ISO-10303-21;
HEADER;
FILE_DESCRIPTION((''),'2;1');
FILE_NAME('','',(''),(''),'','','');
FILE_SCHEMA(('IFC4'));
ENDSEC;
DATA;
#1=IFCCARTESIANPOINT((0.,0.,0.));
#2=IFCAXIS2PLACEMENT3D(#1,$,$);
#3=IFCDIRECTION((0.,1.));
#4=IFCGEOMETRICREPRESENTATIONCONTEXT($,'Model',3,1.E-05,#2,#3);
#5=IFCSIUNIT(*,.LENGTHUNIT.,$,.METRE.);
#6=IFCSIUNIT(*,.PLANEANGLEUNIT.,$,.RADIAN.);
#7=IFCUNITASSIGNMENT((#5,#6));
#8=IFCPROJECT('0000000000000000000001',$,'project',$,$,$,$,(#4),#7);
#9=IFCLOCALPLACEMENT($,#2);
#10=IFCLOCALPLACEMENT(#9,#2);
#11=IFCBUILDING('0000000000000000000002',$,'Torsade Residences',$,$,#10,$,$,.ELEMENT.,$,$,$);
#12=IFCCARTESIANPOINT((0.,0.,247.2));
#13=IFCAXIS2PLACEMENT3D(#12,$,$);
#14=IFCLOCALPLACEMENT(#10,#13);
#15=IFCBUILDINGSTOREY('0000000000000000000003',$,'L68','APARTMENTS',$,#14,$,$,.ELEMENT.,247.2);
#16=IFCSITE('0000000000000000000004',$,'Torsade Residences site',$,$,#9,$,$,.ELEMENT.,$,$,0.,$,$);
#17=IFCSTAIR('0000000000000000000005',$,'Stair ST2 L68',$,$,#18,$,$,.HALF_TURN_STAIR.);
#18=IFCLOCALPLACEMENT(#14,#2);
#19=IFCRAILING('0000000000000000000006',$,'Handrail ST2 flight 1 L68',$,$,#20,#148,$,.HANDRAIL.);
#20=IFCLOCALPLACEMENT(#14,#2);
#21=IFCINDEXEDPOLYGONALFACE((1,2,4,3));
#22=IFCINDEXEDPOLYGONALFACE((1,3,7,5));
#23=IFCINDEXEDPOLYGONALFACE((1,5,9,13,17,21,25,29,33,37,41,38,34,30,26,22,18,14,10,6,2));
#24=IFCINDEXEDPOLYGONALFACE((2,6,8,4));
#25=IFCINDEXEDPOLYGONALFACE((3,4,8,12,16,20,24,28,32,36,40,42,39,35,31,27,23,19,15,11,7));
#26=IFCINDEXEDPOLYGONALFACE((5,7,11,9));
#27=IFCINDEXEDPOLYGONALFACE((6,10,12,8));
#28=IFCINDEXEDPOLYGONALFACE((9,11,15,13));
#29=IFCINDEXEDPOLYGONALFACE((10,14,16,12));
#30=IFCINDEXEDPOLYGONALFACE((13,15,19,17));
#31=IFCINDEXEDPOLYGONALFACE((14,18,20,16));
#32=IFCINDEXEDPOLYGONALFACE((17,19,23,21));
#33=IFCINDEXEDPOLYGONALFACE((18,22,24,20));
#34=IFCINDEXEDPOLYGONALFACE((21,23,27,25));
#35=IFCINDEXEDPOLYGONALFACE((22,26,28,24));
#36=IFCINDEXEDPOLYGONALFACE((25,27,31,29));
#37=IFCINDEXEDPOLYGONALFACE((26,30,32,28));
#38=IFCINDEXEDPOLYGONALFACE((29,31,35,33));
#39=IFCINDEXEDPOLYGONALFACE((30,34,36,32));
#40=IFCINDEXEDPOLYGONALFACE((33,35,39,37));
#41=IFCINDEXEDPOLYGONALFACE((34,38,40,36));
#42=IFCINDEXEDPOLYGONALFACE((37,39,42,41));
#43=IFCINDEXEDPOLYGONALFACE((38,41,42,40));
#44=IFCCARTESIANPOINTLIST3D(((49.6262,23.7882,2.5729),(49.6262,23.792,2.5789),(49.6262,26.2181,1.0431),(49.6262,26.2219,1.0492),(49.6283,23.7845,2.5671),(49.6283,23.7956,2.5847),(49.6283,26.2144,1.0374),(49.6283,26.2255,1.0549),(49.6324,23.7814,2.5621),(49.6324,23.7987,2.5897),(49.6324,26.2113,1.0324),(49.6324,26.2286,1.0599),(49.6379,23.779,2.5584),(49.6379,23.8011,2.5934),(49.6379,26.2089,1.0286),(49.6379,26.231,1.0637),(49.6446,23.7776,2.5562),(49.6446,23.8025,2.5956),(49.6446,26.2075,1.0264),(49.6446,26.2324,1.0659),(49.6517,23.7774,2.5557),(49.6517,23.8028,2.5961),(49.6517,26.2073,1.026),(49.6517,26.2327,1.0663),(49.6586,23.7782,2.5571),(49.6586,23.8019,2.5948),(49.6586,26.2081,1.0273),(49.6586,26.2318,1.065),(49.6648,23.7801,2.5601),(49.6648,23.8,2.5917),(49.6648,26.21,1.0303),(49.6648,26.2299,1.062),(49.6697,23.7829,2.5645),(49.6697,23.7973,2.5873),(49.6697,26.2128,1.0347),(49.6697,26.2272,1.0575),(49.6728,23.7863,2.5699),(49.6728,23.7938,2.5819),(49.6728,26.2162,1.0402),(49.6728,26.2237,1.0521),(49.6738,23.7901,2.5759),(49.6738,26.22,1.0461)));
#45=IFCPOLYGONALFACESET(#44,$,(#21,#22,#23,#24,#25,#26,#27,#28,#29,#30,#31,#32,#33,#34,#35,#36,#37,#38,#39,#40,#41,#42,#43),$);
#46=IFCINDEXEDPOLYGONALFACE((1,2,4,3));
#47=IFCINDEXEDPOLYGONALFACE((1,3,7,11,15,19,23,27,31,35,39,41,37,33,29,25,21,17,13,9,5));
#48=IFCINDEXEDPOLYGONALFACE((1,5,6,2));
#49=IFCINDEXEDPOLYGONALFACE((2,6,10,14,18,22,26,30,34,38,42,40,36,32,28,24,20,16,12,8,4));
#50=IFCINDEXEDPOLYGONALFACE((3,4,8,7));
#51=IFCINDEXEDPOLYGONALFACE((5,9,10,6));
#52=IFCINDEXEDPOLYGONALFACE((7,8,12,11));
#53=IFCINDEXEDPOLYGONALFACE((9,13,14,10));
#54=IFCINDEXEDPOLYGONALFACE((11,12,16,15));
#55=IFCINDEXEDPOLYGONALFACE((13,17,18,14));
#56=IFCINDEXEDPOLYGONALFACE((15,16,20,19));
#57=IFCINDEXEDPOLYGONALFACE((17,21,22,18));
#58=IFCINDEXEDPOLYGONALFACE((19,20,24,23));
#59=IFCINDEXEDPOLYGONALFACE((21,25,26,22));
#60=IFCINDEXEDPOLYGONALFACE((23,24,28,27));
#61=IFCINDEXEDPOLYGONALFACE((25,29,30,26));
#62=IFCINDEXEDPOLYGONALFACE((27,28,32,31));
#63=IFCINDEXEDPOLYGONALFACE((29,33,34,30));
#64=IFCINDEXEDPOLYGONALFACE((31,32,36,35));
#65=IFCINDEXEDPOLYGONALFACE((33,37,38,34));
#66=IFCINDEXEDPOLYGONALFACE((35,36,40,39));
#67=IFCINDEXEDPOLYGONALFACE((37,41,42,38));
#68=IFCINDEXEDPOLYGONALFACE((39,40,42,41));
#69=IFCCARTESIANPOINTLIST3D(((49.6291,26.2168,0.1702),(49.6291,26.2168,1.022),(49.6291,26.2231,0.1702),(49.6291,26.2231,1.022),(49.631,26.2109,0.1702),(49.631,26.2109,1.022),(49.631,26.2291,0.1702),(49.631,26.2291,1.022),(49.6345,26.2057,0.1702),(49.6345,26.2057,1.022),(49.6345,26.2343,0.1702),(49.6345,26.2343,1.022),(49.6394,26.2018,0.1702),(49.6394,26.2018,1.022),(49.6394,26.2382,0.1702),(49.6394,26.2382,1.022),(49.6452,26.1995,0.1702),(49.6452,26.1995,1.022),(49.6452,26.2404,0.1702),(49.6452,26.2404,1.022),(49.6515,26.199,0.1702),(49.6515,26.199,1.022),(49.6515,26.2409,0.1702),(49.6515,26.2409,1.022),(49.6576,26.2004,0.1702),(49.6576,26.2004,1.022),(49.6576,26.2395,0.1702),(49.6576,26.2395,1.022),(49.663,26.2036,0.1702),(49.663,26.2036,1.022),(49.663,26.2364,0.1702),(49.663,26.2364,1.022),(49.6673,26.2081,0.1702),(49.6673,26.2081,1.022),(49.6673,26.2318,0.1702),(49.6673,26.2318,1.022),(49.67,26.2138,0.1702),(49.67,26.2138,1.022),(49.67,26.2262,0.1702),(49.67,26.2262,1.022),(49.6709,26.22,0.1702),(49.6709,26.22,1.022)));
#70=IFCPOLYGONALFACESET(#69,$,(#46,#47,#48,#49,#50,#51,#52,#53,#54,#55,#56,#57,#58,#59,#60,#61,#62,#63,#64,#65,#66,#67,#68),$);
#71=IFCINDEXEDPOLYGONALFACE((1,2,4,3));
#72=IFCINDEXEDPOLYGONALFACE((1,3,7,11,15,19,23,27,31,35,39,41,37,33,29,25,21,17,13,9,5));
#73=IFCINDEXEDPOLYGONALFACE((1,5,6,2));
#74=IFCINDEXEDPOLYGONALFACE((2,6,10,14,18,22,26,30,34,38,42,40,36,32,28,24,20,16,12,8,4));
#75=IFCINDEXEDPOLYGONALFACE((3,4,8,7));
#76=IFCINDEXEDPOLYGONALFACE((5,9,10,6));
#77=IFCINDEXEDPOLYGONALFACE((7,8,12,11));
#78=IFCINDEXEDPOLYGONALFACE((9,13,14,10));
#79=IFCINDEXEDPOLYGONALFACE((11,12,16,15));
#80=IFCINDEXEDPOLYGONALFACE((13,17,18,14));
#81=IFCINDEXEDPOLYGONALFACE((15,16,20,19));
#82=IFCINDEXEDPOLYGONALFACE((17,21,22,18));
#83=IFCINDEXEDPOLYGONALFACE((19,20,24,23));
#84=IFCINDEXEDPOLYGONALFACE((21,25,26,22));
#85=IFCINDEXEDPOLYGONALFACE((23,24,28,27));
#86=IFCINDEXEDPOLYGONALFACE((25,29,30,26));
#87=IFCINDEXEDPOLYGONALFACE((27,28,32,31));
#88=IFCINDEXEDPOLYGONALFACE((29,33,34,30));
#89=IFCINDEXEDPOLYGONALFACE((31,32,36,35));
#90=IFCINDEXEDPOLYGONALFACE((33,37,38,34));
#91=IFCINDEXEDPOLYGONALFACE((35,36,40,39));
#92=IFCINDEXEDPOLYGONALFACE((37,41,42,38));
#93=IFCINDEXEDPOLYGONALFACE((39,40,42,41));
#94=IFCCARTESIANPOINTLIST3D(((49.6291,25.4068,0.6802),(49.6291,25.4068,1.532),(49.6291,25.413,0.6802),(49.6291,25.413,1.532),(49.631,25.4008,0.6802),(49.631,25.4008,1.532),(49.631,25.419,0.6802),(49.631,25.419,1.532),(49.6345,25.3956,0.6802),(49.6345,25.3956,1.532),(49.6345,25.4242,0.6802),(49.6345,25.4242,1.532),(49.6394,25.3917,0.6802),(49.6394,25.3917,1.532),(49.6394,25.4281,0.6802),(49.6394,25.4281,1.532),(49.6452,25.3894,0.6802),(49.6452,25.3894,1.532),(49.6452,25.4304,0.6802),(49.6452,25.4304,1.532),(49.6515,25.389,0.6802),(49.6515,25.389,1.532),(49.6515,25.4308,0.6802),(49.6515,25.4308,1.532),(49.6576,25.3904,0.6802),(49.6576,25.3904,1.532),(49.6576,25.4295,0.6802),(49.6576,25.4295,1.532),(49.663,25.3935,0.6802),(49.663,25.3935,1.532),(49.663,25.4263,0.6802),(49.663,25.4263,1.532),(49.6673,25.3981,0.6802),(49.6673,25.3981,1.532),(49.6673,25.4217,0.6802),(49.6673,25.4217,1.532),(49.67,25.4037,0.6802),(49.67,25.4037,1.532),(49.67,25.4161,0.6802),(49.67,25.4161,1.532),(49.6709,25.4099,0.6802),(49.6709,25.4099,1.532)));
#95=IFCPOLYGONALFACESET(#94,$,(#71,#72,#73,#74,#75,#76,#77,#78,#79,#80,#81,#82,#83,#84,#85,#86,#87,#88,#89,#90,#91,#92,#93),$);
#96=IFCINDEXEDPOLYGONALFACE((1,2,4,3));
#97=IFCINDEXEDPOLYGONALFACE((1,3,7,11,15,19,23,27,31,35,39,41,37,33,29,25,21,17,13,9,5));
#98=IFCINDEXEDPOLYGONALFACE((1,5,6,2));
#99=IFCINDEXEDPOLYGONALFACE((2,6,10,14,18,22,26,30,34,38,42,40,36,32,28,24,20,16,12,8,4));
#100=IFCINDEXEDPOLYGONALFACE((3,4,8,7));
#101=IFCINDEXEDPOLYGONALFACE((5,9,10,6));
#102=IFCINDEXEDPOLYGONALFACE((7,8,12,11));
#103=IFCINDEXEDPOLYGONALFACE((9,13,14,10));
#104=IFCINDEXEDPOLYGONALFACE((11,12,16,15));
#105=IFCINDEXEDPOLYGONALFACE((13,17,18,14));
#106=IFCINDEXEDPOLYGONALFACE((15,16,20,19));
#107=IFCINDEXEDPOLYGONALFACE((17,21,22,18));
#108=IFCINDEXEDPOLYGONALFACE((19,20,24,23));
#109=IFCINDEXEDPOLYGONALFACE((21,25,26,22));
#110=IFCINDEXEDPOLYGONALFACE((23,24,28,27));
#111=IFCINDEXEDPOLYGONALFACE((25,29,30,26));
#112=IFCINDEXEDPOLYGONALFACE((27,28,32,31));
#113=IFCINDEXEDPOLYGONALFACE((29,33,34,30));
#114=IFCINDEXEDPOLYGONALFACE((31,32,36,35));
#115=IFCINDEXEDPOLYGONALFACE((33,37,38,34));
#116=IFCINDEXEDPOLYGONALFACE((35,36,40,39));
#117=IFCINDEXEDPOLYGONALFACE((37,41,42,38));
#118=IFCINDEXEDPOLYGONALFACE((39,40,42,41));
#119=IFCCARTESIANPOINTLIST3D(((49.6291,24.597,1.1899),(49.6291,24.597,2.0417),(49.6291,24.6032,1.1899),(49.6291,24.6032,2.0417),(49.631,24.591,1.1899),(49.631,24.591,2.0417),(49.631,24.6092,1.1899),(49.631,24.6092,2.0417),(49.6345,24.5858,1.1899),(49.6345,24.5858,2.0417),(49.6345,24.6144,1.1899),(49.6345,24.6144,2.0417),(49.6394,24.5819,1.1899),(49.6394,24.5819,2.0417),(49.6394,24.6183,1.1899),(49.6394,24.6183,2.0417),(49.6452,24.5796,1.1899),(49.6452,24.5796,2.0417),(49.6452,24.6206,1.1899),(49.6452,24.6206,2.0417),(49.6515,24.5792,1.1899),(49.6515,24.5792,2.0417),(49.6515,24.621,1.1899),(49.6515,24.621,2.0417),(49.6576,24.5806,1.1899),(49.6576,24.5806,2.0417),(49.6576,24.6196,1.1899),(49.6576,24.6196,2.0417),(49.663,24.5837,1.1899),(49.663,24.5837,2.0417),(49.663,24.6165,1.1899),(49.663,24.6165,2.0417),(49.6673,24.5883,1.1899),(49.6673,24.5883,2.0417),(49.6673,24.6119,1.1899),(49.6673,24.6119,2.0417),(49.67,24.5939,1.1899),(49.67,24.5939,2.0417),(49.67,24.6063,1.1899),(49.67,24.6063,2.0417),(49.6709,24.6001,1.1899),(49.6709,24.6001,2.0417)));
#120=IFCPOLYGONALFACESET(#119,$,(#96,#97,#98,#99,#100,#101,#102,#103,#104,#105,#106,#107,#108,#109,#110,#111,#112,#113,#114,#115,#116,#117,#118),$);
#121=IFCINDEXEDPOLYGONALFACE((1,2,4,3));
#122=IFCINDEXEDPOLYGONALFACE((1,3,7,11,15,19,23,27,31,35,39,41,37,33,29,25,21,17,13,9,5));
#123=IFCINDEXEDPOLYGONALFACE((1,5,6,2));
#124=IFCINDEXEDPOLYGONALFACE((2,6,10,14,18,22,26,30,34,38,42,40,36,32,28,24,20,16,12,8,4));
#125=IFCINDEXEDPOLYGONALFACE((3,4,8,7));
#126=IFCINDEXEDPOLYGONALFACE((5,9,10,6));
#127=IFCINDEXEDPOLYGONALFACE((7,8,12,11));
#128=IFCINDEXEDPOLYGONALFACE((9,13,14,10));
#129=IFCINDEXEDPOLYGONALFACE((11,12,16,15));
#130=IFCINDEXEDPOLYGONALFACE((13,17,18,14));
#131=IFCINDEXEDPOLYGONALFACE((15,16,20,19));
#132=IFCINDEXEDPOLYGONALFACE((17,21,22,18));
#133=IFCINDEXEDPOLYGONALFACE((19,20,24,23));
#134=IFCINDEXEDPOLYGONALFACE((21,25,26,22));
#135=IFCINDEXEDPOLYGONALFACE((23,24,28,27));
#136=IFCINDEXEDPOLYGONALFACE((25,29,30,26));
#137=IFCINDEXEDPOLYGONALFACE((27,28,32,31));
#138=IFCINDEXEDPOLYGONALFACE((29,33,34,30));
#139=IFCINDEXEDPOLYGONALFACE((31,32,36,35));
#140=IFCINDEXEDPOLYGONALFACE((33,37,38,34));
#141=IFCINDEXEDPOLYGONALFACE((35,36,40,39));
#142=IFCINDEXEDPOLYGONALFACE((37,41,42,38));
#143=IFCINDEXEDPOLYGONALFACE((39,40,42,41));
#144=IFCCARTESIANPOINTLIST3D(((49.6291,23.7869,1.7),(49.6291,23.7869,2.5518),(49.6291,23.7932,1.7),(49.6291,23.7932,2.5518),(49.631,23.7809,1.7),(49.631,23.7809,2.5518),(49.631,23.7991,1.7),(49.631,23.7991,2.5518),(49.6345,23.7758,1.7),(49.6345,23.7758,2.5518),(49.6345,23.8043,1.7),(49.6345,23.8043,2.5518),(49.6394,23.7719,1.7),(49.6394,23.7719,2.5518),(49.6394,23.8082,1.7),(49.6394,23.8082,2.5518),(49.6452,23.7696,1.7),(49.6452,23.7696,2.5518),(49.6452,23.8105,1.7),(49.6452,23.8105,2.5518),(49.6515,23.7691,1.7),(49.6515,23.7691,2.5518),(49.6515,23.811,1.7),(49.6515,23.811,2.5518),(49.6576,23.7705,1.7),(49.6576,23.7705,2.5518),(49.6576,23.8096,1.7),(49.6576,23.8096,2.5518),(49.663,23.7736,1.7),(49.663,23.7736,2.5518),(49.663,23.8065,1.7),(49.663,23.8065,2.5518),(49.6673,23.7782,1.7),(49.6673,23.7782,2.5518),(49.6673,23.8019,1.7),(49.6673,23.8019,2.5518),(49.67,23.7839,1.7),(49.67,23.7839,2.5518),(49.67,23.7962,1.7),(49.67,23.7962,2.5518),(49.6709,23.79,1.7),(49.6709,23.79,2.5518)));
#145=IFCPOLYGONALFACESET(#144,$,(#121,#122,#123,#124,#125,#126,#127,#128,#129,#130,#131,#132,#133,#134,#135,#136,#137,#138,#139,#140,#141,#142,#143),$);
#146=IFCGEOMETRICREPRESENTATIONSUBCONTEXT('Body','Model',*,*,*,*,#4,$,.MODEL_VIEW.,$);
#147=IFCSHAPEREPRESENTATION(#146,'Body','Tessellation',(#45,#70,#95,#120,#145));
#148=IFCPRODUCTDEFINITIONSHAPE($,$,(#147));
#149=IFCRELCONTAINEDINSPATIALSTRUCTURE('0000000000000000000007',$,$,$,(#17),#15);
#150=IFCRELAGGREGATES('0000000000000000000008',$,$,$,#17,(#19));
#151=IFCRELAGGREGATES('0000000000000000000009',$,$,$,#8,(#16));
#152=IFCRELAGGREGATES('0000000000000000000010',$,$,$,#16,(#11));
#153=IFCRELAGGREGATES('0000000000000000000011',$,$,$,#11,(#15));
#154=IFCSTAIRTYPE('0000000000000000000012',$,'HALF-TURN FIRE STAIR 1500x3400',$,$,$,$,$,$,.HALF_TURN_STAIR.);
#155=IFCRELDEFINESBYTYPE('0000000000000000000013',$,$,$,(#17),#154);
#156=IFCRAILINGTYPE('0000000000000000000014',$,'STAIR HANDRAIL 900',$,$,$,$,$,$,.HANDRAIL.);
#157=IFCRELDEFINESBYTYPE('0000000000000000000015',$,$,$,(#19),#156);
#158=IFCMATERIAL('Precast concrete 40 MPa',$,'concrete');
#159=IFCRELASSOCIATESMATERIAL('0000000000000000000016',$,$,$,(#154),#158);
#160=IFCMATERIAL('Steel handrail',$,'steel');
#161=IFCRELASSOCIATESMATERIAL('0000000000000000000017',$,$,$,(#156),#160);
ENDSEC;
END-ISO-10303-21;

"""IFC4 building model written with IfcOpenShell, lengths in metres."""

from ifc_helpers import new_model, si_unit, direction, frame, origin, origin_2d, place, context, subcontext, project, spatial, circle, extrude, material, type_object, element, aggregate, save


model = new_model("IFC4")

# Units and contexts
model_context = context("Model", 3, precision=1e-05, world=origin(), true_north=direction((0.0, 1.0)))
body_context = subcontext(model_context, "Body", "Model", "MODEL_VIEW")
ifc_project = project(units=[si_unit("LENGTHUNIT", "METRE"), si_unit("PLANEANGLEUNIT", "RADIAN")], contexts=[model_context])

# Site, building, storey
site_placement = place(None, origin())
site = spatial("IfcSite", under=ifc_project, at=site_placement, Name="Torsade Residences site", CompositionType="ELEMENT", RefElevation=0.0)
building_placement = place(site_placement, origin())
building = spatial("IfcBuilding", under=site, at=building_placement, Name="Torsade Residences", CompositionType="ELEMENT")
storey_placement = place(building_placement, frame((0.0, 0.0, 247.2)))
storey = spatial("IfcBuildingStorey", under=building, at=storey_placement, Name="L68", Description="APARTMENTS", CompositionType="ELEMENT", Elevation=247.2)

# Stair, railing
ifc_material_1 = material(Name="Precast concrete 40 MPa", Category="concrete")
stair_type = type_object("IfcStairType", Name="HALF-TURN FIRE STAIR 1500x3400", PredefinedType="HALF_TURN_STAIR", material=ifc_material_1)
stair_placement = place(storey_placement, origin())
stair = element("IfcStair", 1, at=stair_placement, inside=storey, type_object=stair_type, Name="Stair ST2 L68", PredefinedType="HALF_TURN_STAIR")
ifc_material_2 = material(Name="Steel handrail", Category="steel")
railing_type = type_object("IfcRailingType", Name="STAIR HANDRAIL 900", PredefinedType="HANDRAIL", material=ifc_material_2)
railing_1_placement = place(storey_placement, frame((49.6499, 26.22, 0.1702)))
railing_1 = element("IfcRailing", 2, at=railing_1_placement, type_object=railing_type, Name="Handrail ST2 flight 1 L68", PredefinedType="HANDRAIL", context=body_context, shape_type="SweptSolid", body=[
    extrude(circle(Radius=0.0239, at=origin_2d()), frame((0.0, 0.0, 0.876), z_axis=(0.0, -0.84626, 0.53277), x_axis=(1.0, 0.0, 0.0)), (0.0, 0.0, 1.0), 2.8713),
    extrude(circle(Radius=0.021, at=origin_2d()), origin(), (0.0, 0.0, 1.0), 0.8518),
    extrude(circle(Radius=0.021, at=origin_2d()), frame((0.0, -0.8101, 0.51)), (0.0, 0.0, 1.0), 0.8518),
    extrude(circle(Radius=0.021, at=origin_2d()), frame((0.0, -1.6199, 1.0198)), (0.0, 0.0, 1.0), 0.8518),
    extrude(circle(Radius=0.021, at=origin_2d()), frame((0.0, -2.4299, 1.5298)), (0.0, 0.0, 1.0), 0.8518),
])
aggregate(stair, [railing_1])

save(model, "model.ifc")
